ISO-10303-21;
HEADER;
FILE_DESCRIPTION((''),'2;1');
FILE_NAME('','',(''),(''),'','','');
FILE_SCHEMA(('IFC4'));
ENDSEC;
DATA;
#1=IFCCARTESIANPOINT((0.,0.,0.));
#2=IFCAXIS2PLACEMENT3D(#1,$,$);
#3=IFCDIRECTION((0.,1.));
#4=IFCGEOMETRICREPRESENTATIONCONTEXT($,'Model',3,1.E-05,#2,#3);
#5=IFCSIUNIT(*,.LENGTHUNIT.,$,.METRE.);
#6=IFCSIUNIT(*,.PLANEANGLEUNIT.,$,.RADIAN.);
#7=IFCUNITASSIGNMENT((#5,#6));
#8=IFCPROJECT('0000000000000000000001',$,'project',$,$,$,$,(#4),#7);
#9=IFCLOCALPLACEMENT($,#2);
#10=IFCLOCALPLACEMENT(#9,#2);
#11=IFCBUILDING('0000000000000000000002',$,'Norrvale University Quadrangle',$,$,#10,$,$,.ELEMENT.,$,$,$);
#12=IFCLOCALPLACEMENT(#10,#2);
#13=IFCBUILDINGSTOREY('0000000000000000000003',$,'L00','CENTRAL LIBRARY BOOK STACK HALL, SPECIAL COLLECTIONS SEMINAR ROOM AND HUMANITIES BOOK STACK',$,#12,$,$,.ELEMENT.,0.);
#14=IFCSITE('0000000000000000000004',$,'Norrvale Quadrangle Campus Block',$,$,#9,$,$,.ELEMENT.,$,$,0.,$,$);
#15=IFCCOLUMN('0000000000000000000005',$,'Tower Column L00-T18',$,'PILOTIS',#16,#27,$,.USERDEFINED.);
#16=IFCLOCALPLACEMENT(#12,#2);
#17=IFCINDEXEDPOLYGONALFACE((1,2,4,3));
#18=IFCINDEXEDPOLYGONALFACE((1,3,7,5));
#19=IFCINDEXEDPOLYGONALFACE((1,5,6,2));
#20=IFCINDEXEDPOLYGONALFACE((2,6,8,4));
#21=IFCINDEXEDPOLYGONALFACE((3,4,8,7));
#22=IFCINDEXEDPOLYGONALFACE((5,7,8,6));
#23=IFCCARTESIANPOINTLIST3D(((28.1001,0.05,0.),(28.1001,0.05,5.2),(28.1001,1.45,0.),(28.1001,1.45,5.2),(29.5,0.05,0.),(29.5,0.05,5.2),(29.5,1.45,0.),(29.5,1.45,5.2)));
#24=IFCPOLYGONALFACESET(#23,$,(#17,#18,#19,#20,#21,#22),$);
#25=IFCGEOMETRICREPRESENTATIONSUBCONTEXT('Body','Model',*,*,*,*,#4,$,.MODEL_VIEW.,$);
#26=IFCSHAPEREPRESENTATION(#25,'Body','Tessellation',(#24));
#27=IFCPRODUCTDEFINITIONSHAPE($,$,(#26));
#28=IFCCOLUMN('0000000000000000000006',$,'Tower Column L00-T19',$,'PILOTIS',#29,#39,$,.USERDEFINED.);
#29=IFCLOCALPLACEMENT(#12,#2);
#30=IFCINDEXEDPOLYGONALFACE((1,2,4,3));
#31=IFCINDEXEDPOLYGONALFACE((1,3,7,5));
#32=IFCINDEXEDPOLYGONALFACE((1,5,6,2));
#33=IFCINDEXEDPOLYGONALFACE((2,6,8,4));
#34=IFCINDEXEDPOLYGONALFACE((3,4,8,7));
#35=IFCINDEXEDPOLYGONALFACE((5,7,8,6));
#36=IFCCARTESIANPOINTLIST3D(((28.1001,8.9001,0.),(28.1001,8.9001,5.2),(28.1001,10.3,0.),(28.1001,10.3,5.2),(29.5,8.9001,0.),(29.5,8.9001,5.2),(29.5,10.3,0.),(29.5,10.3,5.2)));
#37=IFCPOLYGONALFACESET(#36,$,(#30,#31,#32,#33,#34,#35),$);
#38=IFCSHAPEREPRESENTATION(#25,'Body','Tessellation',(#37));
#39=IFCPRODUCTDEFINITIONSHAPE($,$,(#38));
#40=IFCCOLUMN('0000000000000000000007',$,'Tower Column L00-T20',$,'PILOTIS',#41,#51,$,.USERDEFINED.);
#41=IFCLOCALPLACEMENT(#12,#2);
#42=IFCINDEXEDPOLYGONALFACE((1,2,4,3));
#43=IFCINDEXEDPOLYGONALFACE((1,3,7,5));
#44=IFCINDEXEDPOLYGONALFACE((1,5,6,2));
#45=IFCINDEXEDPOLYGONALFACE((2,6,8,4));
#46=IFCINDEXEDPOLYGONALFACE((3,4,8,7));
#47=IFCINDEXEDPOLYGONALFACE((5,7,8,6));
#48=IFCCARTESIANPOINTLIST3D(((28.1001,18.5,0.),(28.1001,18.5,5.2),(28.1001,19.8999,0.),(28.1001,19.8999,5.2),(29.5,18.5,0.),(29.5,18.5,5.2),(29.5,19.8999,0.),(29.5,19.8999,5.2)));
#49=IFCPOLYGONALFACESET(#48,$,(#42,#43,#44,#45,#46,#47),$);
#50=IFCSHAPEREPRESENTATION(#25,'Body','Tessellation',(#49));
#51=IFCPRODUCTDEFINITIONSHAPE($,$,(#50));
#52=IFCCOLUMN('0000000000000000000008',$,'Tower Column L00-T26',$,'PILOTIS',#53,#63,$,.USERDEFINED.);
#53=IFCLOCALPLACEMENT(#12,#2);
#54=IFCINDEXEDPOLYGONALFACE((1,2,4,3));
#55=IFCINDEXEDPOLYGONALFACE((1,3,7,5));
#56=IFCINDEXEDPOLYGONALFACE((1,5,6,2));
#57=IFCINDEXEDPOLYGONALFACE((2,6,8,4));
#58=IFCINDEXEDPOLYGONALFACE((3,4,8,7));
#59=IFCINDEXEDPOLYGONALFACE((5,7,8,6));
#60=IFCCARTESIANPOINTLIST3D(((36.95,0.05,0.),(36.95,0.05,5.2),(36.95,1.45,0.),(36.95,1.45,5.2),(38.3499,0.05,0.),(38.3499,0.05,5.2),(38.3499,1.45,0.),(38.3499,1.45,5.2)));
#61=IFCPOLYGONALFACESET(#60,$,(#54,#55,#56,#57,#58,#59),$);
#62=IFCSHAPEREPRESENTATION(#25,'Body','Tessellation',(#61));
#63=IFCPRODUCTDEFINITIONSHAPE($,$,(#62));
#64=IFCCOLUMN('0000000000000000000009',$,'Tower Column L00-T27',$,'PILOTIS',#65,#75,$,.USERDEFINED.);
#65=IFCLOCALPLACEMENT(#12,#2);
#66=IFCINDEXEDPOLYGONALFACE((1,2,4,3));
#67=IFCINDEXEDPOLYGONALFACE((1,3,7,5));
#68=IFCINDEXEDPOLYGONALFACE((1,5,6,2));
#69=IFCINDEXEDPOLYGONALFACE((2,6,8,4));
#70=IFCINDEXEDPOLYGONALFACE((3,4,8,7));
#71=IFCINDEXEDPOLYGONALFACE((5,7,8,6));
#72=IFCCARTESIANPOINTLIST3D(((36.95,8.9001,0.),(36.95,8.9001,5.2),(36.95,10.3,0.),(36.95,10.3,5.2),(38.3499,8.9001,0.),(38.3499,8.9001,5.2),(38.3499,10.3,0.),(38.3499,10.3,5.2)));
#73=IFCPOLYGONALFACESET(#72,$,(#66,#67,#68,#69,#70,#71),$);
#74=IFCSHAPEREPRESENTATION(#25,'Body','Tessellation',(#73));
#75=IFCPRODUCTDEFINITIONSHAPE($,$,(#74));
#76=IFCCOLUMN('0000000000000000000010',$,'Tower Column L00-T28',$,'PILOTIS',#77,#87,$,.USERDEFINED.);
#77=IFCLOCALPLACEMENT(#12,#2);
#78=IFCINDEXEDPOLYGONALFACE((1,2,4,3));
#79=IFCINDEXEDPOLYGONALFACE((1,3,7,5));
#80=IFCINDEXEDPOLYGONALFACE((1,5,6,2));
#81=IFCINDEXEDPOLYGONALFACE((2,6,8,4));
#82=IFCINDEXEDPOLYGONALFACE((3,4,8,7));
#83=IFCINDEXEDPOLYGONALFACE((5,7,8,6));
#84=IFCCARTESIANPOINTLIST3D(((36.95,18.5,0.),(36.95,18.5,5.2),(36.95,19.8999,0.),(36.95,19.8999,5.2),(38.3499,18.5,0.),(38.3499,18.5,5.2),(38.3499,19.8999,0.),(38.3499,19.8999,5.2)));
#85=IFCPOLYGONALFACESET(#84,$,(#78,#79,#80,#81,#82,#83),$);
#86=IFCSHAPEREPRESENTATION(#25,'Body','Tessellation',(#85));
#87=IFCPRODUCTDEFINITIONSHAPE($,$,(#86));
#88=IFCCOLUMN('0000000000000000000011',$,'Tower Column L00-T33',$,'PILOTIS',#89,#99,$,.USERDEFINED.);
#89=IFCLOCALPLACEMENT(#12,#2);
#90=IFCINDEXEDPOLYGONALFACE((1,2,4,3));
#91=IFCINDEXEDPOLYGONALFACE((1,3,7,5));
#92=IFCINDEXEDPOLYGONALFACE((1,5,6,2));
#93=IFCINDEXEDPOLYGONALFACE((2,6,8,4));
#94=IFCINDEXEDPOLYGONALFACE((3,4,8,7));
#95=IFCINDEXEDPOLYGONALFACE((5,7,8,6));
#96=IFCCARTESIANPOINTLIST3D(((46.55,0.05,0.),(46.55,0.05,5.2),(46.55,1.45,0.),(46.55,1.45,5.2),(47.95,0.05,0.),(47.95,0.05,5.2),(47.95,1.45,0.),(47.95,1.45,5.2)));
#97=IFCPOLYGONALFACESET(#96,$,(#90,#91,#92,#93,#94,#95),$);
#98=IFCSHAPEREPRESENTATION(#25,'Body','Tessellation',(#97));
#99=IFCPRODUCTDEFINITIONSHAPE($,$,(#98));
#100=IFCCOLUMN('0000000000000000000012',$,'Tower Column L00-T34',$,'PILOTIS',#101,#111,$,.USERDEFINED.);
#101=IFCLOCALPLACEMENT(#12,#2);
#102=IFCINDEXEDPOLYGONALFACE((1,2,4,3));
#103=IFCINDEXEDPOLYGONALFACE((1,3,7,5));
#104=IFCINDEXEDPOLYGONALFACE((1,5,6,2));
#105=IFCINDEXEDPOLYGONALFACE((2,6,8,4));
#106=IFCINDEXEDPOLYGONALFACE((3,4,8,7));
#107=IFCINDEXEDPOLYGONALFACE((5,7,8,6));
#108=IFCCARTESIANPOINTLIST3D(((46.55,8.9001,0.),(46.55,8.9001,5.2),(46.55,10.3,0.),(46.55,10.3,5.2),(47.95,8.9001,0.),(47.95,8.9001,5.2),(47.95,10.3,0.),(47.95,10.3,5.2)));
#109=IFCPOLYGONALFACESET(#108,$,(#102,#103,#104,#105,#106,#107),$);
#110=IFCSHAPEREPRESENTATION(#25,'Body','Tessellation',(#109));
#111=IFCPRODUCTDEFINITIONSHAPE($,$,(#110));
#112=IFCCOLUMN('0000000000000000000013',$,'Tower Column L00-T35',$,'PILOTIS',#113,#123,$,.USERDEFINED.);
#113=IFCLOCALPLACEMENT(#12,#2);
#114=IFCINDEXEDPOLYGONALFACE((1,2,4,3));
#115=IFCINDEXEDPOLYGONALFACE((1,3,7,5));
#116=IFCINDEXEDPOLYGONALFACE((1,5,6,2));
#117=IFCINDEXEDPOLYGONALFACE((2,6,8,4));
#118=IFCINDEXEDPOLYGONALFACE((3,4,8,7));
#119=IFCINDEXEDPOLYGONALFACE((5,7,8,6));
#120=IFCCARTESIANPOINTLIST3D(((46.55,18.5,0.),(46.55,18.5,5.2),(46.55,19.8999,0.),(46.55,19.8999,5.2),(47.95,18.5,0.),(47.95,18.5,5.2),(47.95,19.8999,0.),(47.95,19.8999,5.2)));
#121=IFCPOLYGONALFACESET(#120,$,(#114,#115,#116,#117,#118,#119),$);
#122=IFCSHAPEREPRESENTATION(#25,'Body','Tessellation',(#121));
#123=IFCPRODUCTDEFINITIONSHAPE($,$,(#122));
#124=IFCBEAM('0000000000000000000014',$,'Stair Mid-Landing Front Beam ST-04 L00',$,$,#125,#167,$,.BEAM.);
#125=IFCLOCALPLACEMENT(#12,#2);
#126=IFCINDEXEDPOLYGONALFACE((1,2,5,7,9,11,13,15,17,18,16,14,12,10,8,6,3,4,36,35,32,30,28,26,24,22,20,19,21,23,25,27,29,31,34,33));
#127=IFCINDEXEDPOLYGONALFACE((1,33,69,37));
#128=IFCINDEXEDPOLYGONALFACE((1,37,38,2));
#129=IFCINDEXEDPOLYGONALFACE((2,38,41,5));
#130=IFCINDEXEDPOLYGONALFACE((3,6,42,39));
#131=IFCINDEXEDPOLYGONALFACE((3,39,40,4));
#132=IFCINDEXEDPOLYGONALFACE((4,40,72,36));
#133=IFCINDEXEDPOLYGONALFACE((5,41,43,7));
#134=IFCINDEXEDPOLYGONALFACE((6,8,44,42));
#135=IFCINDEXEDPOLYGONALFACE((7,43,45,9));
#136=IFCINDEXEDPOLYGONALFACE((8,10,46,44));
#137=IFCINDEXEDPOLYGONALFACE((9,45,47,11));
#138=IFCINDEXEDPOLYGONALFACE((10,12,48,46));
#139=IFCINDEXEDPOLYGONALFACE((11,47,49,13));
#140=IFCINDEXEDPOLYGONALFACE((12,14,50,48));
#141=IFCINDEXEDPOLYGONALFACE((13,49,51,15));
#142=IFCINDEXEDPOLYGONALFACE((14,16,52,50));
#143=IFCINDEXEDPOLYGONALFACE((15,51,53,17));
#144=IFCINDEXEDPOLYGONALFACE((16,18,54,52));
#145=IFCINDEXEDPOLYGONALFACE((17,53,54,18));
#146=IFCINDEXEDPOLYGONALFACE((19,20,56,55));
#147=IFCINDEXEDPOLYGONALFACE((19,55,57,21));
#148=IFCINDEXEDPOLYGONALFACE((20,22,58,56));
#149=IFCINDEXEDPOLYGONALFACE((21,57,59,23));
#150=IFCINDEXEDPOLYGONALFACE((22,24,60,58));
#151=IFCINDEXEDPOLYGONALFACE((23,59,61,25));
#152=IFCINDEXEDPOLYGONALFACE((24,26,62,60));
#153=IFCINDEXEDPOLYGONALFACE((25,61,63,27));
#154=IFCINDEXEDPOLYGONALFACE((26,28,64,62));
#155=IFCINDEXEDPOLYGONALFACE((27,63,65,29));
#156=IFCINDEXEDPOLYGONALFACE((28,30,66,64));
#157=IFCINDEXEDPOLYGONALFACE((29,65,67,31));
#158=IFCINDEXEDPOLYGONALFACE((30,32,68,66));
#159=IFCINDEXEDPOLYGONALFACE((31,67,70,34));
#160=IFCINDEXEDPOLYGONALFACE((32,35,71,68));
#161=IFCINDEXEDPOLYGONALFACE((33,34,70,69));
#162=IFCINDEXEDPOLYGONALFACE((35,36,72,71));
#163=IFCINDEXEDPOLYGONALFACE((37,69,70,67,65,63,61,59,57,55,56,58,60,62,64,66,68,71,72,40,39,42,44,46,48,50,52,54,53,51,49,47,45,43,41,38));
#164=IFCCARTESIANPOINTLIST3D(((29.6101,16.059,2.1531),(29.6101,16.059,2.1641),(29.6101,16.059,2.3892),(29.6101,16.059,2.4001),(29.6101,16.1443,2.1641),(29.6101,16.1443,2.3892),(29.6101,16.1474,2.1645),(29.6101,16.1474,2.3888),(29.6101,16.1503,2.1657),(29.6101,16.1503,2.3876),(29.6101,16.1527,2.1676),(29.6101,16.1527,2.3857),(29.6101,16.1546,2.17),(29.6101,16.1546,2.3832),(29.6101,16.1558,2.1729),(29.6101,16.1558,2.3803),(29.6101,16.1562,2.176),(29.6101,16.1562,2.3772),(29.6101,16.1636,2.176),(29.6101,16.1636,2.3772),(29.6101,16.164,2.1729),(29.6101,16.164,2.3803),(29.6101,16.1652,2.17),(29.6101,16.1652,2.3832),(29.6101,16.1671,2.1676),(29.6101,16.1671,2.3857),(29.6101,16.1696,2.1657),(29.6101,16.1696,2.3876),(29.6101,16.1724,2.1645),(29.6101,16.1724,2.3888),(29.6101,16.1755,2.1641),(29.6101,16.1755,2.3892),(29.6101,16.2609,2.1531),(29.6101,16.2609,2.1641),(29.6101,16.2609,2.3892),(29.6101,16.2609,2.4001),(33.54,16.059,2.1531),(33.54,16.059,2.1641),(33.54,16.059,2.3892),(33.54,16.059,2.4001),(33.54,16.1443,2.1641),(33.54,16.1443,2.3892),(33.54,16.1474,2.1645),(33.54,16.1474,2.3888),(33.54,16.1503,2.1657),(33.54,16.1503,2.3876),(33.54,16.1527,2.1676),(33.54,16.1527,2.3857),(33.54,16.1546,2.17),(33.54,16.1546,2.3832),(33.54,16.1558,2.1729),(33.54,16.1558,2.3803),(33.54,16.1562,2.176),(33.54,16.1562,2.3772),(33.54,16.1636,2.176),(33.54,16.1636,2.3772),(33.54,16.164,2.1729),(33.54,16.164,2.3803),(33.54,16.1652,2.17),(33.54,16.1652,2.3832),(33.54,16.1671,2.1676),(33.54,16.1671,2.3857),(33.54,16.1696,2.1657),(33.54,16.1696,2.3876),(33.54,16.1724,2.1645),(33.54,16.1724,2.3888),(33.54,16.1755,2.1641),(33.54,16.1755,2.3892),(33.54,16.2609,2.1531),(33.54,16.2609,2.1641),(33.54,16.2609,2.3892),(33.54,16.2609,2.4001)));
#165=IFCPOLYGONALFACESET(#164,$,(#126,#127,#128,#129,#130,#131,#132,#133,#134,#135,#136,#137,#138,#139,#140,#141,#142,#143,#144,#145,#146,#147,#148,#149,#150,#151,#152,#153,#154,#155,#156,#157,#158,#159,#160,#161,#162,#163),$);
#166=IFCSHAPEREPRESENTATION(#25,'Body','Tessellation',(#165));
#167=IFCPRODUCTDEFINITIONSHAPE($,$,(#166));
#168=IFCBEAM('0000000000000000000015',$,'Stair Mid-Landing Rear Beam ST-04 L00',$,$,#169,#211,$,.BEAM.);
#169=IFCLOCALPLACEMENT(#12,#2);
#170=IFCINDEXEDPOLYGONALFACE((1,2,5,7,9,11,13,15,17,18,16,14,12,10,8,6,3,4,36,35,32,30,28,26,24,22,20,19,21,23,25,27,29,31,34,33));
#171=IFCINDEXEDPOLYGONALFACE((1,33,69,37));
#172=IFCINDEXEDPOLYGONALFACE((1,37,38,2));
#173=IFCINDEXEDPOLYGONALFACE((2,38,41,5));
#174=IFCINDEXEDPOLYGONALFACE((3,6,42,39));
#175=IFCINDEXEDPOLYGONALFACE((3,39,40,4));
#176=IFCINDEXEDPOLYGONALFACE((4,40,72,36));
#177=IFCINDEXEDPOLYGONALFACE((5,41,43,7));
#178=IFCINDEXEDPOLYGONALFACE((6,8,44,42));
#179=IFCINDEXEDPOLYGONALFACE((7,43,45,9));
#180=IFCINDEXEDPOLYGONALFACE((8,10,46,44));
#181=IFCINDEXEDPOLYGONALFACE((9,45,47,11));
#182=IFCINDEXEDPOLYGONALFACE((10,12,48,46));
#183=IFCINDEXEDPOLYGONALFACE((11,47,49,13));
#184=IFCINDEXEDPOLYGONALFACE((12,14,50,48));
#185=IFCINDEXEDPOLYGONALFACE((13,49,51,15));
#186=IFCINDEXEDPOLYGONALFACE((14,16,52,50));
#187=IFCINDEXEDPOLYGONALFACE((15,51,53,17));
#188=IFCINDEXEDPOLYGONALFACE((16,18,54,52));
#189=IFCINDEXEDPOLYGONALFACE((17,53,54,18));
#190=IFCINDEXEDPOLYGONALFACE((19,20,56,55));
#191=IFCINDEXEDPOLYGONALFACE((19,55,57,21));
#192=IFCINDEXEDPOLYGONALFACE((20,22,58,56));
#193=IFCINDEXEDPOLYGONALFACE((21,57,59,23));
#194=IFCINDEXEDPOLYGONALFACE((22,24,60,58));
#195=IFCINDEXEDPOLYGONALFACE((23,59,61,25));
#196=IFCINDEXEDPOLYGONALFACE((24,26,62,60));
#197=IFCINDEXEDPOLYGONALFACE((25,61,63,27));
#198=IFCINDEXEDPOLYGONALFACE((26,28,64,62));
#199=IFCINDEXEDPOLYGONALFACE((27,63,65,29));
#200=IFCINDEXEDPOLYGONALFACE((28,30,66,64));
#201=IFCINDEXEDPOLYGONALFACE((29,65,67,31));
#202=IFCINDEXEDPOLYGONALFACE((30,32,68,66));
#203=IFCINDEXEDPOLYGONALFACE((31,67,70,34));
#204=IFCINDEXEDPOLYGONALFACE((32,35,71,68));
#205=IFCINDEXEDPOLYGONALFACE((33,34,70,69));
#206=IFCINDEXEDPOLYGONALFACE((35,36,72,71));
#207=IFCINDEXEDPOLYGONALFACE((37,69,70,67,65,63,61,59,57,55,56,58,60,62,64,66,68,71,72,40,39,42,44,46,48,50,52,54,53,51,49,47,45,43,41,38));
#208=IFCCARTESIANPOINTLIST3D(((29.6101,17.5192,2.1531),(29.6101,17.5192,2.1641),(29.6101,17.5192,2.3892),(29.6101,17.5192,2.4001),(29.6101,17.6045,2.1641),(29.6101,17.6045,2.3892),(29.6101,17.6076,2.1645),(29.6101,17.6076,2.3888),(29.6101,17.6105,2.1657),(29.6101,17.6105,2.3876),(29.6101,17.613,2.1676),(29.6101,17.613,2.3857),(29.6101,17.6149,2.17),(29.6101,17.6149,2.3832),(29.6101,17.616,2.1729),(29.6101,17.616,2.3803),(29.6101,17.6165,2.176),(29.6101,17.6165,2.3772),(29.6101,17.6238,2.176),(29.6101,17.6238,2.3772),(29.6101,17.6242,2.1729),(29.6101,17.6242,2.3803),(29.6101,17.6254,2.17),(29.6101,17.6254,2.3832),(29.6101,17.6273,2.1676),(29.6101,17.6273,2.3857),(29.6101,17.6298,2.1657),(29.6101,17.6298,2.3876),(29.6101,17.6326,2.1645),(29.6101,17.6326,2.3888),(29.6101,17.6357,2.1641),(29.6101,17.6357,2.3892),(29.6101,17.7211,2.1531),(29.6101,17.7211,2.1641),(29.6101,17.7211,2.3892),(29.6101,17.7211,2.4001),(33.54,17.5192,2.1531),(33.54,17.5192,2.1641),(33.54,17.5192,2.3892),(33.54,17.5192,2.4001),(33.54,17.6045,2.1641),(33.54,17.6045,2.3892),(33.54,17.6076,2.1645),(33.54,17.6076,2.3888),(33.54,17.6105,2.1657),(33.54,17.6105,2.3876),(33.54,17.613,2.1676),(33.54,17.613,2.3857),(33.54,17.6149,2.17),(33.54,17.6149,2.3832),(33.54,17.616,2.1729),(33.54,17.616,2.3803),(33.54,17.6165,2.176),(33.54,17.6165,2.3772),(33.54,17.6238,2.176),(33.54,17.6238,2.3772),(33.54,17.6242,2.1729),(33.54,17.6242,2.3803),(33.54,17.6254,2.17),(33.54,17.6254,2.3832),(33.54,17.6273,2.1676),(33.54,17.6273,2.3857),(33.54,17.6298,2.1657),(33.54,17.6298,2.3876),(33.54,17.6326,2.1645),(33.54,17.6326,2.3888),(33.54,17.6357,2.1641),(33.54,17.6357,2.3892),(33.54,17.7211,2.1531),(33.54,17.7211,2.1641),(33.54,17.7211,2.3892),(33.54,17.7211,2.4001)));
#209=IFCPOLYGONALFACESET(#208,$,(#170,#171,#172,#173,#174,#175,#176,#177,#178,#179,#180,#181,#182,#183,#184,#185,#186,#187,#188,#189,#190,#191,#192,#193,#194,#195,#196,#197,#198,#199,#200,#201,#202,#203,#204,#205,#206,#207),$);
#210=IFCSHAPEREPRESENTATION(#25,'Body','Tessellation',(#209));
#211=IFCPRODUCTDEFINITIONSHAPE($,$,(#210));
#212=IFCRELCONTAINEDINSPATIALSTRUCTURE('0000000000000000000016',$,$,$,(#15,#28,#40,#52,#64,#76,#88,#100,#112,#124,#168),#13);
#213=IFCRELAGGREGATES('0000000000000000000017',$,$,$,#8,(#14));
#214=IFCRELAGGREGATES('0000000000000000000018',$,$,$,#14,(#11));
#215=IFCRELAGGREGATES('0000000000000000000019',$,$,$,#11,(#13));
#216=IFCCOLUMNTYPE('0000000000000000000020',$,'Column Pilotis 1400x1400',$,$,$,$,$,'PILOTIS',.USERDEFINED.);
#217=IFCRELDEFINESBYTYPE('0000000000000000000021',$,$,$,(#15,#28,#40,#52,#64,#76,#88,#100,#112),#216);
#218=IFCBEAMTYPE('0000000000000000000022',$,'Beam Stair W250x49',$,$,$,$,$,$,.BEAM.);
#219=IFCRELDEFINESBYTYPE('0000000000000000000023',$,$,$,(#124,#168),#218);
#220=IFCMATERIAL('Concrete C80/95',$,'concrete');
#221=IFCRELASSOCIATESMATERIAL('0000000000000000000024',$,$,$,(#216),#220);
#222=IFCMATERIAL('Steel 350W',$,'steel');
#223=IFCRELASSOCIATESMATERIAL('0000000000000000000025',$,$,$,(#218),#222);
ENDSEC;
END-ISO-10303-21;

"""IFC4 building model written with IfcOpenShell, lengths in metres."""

from ifc_helpers import new_model, si_unit, direction, frame, origin, origin_2d, place, context, subcontext, project, spatial, rectangle, i_section, extrude, material, material_profile, profile_set, type_object, element, save


model = new_model("IFC4")

# Units and contexts
model_context = context("Model", 3, precision=1e-05, world=origin(), true_north=direction((0.0, 1.0)))
body_context = subcontext(model_context, "Body", "Model", "MODEL_VIEW")
ifc_project = project(units=[si_unit("LENGTHUNIT", "METRE"), si_unit("PLANEANGLEUNIT", "RADIAN")], contexts=[model_context])

# Site, building, storey
site_placement = place(None, origin())
site = spatial("IfcSite", under=ifc_project, at=site_placement, Name="Norrvale Quadrangle Campus Block", CompositionType="ELEMENT", RefElevation=0.0)
building_placement = place(site_placement, origin())
building = spatial("IfcBuilding", under=site, at=building_placement, Name="Norrvale University Quadrangle", CompositionType="ELEMENT")
storey_placement = place(building_placement, origin())
storey = spatial("IfcBuildingStorey", under=building, at=storey_placement, Name="L00", Description="CENTRAL LIBRARY BOOK STACK HALL, SPECIAL COLLECTIONS SEMINAR ROOM AND HUMANITIES BOOK STACK", CompositionType="ELEMENT", Elevation=0.0)

# Columns
ifc_material_1 = material(Name="Concrete C80/95", Category="concrete")
ifc_material_profile_1 = material_profile(ifc_material_1, rectangle(XDim=1.3999, YDim=1.3999, at=origin_2d()), Name="Concrete C80/95")
ifc_profile_set_1 = profile_set([ifc_material_profile_1], Name="Concrete C80/95")
column_type = type_object("IfcColumnType", Name="Column Pilotis 1400x1400", ElementType="PILOTIS", PredefinedType="USERDEFINED", material=ifc_profile_set_1)
for number, where, z_axis, x_axis, name in (
    (1, (28.8, 0.75, 0.0), (0.0, 0.0, 1.0), (1.0, 0.0, 0.0), "Tower Column L00-T18"),
    (2, (28.8, 9.6001, 0.0), (0.0, 0.0, 1.0), (1.0, 0.0, 0.0), "Tower Column L00-T19"),
    (3, (28.8, 19.2, 0.0), (0.0, 0.0, 1.0), (1.0, 0.0, 0.0), "Tower Column L00-T20"),
    (4, (37.6499, 0.75, 0.0), (0.0, 0.0, 1.0), (1.0, 0.0, 0.0), "Tower Column L00-T26"),
    (5, (37.6499, 9.6001, 0.0), (0.0, 0.0, 1.0), (1.0, 0.0, 0.0), "Tower Column L00-T27"),
    (6, (37.6499, 19.2, 0.0), (0.0, 0.0, 1.0), (1.0, 0.0, 0.0), "Tower Column L00-T28"),
    (7, (47.25, 0.75, 0.0), (0.0, 0.0, 1.0), (1.0, 0.0, 0.0), "Tower Column L00-T33"),
    (8, (47.25, 9.6001, 0.0), (0.0, 0.0, 1.0), (1.0, 0.0, 0.0), "Tower Column L00-T34"),
    (9, (47.25, 19.2, 0.0), (0.0, 0.0, 1.0), (1.0, 0.0, 0.0), "Tower Column L00-T35"),
):
    element("IfcColumn", number, at=place(storey_placement, frame(where, z_axis=z_axis, x_axis=x_axis)), inside=storey, type_object=column_type, Name=name, ObjectType="PILOTIS", PredefinedType="USERDEFINED", context=body_context, shape_type="SweptSolid", body=[
        extrude(rectangle(XDim=1.3999, YDim=1.3999, at=origin_2d()), origin(), (0.0, 0.0, 1.0), 5.2),
    ])

# Beams
ifc_material_2 = material(Name="Steel 350W", Category="steel")
ifc_material_profile_2 = material_profile(ifc_material_2, i_section(OverallWidth=0.2019, OverallDepth=0.2471, WebThickness=0.0073, FlangeThickness=0.011, FilletRadius=0.012, at=origin_2d()), Name="Steel 350W")
ifc_profile_set_2 = profile_set([ifc_material_profile_2], Name="Steel 350W")
beam_type_1 = type_object("IfcBeamType", Name="Beam Stair W250x49", PredefinedType="BEAM", material=ifc_profile_set_2)
for number, where, z_axis, x_axis, name in (
    (10, (29.6101, 16.1599, 2.2766), (1.0, 0.0, 0.0), (0.0, 1.0, 0.0), "Stair Mid-Landing Front Beam ST-04 L00"),
    (11, (29.6101, 17.6201, 2.2766), (1.0, 0.0, 0.0), (0.0, 1.0, 0.0), "Stair Mid-Landing Rear Beam ST-04 L00"),
):
    element("IfcBeam", number, at=place(storey_placement, frame(where, z_axis=z_axis, x_axis=x_axis)), inside=storey, type_object=beam_type_1, Name=name, PredefinedType="BEAM", context=body_context, shape_type="SweptSolid", body=[
        extrude(i_section(OverallWidth=0.2019, OverallDepth=0.2471, WebThickness=0.0073, FlangeThickness=0.011, FilletRadius=0.012, at=origin_2d()), origin(), (0.0, 0.0, 1.0), 3.9299),
    ])

save(model, "model.ifc")
